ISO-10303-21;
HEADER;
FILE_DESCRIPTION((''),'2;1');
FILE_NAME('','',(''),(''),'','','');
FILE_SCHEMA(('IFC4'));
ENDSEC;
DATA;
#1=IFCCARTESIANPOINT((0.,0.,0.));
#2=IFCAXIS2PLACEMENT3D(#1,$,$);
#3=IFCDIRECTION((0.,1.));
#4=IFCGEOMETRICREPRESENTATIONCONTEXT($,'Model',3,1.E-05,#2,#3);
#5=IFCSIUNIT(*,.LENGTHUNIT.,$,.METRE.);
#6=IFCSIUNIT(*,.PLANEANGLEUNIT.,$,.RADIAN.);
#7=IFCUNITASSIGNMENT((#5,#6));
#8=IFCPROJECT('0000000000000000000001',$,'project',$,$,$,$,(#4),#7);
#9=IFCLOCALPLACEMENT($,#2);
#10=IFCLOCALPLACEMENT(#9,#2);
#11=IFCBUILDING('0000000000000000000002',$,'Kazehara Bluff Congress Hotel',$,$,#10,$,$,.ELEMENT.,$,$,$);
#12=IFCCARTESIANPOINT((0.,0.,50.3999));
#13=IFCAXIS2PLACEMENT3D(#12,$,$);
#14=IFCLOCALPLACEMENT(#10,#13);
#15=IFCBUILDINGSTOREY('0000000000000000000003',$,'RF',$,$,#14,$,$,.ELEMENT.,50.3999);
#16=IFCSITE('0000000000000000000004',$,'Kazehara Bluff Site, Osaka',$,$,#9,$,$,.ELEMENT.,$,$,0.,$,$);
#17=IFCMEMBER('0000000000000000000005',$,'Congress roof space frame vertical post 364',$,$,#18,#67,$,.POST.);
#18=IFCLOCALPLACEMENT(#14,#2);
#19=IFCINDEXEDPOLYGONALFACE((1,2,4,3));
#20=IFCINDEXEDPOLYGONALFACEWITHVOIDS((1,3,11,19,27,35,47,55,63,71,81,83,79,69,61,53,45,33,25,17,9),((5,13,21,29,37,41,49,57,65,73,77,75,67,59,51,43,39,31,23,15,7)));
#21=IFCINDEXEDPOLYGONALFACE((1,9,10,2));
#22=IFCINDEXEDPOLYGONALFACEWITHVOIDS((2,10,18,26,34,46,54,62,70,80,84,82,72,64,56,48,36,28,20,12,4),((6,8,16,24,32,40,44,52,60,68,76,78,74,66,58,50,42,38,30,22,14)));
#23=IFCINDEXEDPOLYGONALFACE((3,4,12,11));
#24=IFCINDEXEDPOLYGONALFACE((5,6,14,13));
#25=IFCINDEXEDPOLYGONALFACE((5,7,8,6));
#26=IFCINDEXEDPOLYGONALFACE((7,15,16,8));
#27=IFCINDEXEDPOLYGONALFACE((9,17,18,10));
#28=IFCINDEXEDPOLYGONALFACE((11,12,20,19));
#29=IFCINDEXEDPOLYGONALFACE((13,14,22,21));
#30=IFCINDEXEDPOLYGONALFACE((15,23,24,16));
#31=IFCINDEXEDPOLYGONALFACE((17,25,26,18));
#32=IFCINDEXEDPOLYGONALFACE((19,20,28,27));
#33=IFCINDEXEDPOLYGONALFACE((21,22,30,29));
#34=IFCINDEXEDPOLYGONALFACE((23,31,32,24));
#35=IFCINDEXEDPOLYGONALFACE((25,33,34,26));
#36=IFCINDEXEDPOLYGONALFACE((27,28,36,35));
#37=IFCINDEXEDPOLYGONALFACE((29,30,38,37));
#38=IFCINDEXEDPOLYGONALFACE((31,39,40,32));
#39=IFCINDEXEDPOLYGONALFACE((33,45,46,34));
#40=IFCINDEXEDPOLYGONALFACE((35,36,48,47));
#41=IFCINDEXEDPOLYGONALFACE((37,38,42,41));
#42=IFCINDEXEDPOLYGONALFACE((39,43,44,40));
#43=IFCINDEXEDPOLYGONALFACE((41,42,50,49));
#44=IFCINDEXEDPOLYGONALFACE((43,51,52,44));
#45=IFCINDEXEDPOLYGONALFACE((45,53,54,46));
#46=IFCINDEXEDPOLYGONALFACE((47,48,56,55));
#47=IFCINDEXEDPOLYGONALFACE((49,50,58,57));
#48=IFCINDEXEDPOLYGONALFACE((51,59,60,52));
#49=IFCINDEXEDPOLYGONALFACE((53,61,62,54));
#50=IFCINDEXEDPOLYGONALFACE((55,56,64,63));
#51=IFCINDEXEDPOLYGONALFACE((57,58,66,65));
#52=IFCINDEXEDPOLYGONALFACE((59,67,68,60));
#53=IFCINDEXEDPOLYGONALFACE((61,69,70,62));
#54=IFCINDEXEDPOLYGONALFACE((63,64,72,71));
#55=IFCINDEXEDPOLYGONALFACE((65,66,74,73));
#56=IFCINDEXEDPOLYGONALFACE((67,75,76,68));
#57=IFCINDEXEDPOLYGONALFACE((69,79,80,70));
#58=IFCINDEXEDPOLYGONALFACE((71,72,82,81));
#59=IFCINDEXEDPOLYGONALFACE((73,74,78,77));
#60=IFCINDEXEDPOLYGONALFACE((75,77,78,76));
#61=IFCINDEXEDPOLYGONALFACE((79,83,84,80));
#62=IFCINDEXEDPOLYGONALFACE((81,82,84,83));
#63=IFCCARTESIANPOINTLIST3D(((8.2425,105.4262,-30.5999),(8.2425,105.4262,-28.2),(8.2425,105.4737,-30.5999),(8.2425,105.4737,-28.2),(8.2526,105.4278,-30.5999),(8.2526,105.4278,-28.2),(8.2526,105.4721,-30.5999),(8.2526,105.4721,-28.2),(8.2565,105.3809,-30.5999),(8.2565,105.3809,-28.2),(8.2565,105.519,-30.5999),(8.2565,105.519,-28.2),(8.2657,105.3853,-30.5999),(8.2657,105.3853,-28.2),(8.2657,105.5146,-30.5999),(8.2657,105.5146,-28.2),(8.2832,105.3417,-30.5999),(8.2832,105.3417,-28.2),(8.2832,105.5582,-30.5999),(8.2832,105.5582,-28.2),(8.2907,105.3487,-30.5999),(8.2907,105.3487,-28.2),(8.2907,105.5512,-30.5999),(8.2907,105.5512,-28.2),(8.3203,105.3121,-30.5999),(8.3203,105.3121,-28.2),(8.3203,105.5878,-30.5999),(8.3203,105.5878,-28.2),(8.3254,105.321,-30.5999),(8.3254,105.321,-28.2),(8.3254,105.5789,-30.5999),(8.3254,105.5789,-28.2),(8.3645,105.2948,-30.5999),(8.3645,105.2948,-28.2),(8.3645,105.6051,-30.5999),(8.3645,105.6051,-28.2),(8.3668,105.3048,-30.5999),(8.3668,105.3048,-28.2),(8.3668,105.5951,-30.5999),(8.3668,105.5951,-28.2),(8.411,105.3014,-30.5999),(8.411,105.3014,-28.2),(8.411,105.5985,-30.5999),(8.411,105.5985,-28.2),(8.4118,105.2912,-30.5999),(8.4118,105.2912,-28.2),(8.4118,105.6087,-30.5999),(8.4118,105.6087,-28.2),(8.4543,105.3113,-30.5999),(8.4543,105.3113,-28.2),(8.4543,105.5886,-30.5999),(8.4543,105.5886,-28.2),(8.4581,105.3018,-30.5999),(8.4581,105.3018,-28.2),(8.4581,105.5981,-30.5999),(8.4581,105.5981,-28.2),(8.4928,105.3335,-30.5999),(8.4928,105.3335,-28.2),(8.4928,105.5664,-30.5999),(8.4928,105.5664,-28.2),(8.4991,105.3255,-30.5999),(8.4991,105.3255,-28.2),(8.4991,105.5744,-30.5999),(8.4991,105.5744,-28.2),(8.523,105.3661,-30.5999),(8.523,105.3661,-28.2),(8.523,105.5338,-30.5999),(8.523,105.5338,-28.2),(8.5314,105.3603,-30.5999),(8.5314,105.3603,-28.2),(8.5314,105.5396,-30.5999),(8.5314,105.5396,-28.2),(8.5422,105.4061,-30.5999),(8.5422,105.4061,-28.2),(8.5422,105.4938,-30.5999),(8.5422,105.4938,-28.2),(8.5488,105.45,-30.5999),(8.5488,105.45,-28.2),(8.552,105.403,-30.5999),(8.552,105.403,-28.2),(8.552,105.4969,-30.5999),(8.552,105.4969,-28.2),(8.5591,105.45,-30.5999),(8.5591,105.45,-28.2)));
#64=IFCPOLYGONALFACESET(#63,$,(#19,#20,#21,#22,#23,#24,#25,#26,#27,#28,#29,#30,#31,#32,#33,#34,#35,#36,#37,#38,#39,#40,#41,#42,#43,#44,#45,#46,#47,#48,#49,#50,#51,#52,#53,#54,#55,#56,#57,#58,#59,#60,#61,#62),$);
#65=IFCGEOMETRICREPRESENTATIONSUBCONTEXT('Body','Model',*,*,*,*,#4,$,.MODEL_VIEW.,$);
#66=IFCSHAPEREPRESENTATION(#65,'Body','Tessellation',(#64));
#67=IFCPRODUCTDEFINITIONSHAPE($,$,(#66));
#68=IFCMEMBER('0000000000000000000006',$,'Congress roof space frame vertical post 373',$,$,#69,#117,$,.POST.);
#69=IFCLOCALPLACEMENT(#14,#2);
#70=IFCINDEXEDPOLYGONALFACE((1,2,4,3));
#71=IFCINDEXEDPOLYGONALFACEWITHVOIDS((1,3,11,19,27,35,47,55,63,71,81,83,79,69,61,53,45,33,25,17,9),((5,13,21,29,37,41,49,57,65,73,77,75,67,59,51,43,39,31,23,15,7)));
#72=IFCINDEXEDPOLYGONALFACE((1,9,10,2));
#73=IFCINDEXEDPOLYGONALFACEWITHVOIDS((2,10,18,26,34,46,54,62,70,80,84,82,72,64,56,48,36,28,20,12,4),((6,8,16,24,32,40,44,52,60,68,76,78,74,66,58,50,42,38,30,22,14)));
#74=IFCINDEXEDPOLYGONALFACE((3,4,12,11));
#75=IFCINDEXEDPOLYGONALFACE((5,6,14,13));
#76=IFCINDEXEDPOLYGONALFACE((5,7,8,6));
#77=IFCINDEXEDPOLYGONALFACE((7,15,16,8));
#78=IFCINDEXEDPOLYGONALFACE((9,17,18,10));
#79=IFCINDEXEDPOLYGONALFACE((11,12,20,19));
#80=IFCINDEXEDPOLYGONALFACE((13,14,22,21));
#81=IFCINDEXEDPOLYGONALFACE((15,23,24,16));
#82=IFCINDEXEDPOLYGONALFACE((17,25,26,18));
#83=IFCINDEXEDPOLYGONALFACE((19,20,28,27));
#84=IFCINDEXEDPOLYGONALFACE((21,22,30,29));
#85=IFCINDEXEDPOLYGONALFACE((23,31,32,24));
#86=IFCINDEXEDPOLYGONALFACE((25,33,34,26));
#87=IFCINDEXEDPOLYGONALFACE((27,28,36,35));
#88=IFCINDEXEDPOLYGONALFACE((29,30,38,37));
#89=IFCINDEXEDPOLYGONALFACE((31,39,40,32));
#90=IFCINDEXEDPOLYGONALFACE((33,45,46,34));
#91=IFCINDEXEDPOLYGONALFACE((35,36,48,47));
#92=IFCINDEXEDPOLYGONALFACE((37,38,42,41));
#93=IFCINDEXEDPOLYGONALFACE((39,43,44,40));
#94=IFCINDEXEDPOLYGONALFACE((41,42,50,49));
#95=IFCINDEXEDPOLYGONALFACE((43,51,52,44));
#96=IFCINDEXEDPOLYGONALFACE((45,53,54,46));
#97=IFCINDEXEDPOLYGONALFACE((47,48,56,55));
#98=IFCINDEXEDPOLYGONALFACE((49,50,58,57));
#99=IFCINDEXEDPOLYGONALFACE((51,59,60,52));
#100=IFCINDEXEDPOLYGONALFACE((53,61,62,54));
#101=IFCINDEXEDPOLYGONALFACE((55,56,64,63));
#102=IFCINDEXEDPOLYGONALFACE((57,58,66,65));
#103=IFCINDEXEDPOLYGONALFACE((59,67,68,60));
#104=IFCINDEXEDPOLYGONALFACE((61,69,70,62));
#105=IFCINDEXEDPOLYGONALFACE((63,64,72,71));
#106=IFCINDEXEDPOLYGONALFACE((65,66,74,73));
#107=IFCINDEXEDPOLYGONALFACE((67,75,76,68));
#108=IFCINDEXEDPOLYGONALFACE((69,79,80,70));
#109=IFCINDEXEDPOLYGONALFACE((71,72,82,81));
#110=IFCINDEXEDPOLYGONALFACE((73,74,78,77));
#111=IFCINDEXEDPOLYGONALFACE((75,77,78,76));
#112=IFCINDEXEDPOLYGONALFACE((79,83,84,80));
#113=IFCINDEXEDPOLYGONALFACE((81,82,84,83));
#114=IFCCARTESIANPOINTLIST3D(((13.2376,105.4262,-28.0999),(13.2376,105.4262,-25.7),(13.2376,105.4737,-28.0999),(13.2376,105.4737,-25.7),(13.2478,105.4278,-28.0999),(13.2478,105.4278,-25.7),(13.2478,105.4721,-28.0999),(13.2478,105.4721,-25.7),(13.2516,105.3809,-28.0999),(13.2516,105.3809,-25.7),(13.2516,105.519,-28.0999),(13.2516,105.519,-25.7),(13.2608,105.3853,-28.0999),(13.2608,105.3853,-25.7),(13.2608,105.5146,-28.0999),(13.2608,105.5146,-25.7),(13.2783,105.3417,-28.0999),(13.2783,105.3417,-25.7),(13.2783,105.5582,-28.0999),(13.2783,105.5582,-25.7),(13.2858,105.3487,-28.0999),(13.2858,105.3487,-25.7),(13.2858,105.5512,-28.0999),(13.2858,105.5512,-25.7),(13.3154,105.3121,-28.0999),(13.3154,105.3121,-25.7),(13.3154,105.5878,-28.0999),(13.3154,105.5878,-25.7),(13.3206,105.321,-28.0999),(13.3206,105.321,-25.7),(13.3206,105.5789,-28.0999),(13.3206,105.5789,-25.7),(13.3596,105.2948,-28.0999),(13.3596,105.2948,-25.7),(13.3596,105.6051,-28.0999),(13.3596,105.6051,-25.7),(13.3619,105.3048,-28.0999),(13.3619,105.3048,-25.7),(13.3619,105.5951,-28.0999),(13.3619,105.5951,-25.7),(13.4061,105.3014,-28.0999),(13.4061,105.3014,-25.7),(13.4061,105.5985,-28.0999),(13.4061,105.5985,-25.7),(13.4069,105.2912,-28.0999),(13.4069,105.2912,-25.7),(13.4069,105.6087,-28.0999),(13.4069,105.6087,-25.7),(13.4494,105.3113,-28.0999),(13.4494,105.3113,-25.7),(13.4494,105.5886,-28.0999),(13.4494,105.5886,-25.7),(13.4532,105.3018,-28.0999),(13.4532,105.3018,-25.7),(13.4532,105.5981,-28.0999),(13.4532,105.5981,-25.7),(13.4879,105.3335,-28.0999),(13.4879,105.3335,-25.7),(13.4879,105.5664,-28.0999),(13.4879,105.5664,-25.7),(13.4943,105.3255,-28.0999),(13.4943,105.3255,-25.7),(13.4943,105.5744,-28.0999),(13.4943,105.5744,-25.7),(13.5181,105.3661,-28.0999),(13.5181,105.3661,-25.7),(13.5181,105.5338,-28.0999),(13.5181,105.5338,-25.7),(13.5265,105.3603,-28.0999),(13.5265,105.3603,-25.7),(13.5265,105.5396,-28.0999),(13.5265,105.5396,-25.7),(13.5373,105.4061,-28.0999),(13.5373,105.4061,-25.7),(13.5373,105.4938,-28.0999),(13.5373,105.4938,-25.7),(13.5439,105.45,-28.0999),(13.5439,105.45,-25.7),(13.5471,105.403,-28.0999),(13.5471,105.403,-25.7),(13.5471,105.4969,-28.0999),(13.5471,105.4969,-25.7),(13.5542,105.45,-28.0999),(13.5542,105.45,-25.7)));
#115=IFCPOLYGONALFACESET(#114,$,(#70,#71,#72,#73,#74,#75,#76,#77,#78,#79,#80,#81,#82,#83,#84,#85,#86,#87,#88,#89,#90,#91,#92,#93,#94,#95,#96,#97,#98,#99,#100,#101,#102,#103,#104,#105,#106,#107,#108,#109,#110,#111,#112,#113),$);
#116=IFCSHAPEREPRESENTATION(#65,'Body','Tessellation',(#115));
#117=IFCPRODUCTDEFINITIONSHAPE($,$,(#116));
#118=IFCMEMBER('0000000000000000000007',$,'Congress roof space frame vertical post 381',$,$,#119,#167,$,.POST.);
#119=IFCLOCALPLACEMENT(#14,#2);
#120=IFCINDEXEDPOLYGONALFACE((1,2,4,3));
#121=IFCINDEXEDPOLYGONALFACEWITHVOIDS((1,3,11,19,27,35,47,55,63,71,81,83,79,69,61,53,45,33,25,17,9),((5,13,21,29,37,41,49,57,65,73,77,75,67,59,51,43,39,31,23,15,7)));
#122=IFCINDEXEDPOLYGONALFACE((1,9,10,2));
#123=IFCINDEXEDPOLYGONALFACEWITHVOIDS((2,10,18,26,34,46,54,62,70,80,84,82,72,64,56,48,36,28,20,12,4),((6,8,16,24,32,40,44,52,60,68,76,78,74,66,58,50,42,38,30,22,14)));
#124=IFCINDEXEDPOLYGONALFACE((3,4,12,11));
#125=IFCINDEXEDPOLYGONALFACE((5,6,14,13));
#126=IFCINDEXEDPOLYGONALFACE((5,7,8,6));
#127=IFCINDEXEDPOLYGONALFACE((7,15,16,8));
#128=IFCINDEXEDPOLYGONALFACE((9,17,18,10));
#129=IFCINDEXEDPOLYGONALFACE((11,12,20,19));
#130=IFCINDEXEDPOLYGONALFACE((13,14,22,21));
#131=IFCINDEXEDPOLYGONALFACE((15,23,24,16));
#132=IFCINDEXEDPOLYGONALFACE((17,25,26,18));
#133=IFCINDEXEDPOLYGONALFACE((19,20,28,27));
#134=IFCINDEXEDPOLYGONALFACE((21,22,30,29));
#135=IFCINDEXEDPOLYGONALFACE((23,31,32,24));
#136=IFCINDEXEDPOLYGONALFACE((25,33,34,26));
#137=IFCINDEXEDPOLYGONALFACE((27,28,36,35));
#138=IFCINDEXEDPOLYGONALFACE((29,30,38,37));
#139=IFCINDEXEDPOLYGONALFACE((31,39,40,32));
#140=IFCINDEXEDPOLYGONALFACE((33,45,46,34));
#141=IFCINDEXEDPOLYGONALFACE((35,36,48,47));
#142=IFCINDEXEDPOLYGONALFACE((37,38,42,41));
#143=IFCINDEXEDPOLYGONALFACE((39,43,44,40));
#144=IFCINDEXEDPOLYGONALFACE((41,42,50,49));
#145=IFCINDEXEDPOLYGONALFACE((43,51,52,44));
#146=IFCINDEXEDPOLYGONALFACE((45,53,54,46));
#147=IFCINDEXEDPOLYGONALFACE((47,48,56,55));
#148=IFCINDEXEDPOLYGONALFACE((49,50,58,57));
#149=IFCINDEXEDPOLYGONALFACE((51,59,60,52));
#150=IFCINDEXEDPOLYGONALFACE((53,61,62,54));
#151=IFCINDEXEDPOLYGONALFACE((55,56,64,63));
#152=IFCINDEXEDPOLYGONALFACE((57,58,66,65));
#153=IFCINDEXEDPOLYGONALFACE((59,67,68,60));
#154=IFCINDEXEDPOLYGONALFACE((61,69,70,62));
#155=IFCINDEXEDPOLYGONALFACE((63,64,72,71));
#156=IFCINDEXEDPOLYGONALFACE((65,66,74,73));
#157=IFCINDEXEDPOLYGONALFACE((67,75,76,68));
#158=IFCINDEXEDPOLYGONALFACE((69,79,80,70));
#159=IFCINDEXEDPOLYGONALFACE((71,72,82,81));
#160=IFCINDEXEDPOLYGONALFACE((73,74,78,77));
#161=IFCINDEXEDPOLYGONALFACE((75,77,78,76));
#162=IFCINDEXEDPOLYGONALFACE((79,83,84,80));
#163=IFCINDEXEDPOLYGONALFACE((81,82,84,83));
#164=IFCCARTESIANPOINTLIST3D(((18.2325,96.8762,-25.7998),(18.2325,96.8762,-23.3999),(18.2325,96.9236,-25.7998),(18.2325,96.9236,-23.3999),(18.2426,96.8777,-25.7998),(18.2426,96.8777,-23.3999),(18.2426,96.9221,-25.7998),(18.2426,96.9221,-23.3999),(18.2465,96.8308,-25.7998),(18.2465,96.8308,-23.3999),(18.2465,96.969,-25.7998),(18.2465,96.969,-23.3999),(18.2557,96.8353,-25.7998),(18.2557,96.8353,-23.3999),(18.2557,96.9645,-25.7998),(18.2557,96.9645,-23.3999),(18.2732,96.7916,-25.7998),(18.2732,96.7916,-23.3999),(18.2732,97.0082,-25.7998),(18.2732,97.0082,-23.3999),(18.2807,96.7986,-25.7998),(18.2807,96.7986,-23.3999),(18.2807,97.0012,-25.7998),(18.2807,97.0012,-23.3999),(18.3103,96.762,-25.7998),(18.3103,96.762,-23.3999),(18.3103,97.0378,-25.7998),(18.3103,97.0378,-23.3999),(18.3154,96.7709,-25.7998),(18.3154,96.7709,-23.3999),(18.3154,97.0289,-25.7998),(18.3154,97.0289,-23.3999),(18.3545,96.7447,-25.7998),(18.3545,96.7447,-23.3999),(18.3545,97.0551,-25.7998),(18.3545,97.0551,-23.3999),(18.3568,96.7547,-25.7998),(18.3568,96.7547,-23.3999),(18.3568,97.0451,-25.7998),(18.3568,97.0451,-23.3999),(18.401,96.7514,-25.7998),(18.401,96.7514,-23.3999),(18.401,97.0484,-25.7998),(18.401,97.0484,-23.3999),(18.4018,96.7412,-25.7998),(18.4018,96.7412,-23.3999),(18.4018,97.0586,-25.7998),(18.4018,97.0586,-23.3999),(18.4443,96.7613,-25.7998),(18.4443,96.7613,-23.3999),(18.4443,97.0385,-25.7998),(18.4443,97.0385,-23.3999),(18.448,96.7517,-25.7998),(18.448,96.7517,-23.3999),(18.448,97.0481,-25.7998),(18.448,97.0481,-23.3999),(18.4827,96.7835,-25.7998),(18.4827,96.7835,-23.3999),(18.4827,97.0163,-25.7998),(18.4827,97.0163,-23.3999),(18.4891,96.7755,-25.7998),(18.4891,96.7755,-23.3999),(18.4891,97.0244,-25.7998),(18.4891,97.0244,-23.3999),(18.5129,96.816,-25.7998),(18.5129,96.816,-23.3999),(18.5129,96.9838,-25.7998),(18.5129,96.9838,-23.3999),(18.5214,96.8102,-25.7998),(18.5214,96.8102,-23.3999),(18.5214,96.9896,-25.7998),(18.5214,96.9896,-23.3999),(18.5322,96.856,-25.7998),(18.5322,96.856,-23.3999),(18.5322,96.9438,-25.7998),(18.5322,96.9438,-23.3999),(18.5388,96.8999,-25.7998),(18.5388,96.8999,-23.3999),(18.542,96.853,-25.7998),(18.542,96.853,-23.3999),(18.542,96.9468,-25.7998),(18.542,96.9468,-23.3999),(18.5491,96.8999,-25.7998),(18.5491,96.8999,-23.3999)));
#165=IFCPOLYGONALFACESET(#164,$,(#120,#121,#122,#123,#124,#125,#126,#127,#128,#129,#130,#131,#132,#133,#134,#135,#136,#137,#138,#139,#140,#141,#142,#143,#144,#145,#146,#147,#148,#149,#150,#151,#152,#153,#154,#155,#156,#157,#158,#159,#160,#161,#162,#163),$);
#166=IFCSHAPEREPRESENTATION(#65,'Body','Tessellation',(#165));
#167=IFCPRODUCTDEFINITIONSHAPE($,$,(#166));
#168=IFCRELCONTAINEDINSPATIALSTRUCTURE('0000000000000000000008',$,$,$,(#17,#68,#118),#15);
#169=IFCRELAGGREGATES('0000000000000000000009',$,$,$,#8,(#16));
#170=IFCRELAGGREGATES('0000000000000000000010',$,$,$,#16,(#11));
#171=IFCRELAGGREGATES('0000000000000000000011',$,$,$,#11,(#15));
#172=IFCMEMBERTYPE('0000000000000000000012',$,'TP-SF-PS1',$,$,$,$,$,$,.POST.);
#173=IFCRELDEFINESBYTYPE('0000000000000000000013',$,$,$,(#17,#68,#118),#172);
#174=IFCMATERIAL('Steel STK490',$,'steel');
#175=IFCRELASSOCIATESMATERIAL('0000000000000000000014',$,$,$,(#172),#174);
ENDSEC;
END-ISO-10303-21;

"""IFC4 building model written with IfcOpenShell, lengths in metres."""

from ifc_helpers import new_model, si_unit, direction, frame, origin, origin_2d, place, context, subcontext, project, spatial, hollow_circle, extrude, material, material_profile, profile_set, type_object, element, save


model = new_model("IFC4")

# Units and contexts
model_context = context("Model", 3, precision=1e-05, world=origin(), true_north=direction((0.0, 1.0)))
body_context = subcontext(model_context, "Body", "Model", "MODEL_VIEW")
ifc_project = project(units=[si_unit("LENGTHUNIT", "METRE"), si_unit("PLANEANGLEUNIT", "RADIAN")], contexts=[model_context])

# Site, building, storey
site_placement = place(None, origin())
site = spatial("IfcSite", under=ifc_project, at=site_placement, Name="Kazehara Bluff Site, Osaka", CompositionType="ELEMENT", RefElevation=0.0)
building_placement = place(site_placement, origin())
building = spatial("IfcBuilding", under=site, at=building_placement, Name="Kazehara Bluff Congress Hotel", CompositionType="ELEMENT")
storey_placement = place(building_placement, frame((0.0, 0.0, 50.3999)))
storey = spatial("IfcBuildingStorey", under=building, at=storey_placement, Name="RF", CompositionType="ELEMENT", Elevation=50.3999)

# Members
ifc_material_1 = material(Name="Steel STK490", Category="steel")
ifc_material_profile_1 = material_profile(ifc_material_1, hollow_circle(Radius=0.1592, WallThickness=0.0103, at=origin_2d()))
ifc_profile_set_1 = profile_set([ifc_material_profile_1], Name="Steel STK490")
member_type_1 = type_object("IfcMemberType", Name="TP-SF-PS1", PredefinedType="POST", material=ifc_profile_set_1)
for number, where, z_axis, x_axis, name in (
    (1, (8.3999, 105.45, -30.5999), (0.0, 0.0, 1.0), (1.0, 0.0, 0.0), "Congress roof space frame vertical post 364"),
    (2, (13.395, 105.45, -28.0999), (0.0, 0.0, 1.0), (1.0, 0.0, 0.0), "Congress roof space frame vertical post 373"),
    (3, (18.3899, 96.8999, -25.7998), (0.0, 0.0, 1.0), (1.0, 0.0, 0.0), "Congress roof space frame vertical post 381"),
):
    element("IfcMember", number, at=place(storey_placement, frame(where, z_axis=z_axis, x_axis=x_axis)), inside=storey, type_object=member_type_1, Name=name, PredefinedType="POST", context=body_context, shape_type="SweptSolid", body=[
        extrude(hollow_circle(Radius=0.1592, WallThickness=0.0103, at=origin_2d()), origin(), (0.0, 0.0, 1.0), 2.3999),
    ])

save(model, "model.ifc")
